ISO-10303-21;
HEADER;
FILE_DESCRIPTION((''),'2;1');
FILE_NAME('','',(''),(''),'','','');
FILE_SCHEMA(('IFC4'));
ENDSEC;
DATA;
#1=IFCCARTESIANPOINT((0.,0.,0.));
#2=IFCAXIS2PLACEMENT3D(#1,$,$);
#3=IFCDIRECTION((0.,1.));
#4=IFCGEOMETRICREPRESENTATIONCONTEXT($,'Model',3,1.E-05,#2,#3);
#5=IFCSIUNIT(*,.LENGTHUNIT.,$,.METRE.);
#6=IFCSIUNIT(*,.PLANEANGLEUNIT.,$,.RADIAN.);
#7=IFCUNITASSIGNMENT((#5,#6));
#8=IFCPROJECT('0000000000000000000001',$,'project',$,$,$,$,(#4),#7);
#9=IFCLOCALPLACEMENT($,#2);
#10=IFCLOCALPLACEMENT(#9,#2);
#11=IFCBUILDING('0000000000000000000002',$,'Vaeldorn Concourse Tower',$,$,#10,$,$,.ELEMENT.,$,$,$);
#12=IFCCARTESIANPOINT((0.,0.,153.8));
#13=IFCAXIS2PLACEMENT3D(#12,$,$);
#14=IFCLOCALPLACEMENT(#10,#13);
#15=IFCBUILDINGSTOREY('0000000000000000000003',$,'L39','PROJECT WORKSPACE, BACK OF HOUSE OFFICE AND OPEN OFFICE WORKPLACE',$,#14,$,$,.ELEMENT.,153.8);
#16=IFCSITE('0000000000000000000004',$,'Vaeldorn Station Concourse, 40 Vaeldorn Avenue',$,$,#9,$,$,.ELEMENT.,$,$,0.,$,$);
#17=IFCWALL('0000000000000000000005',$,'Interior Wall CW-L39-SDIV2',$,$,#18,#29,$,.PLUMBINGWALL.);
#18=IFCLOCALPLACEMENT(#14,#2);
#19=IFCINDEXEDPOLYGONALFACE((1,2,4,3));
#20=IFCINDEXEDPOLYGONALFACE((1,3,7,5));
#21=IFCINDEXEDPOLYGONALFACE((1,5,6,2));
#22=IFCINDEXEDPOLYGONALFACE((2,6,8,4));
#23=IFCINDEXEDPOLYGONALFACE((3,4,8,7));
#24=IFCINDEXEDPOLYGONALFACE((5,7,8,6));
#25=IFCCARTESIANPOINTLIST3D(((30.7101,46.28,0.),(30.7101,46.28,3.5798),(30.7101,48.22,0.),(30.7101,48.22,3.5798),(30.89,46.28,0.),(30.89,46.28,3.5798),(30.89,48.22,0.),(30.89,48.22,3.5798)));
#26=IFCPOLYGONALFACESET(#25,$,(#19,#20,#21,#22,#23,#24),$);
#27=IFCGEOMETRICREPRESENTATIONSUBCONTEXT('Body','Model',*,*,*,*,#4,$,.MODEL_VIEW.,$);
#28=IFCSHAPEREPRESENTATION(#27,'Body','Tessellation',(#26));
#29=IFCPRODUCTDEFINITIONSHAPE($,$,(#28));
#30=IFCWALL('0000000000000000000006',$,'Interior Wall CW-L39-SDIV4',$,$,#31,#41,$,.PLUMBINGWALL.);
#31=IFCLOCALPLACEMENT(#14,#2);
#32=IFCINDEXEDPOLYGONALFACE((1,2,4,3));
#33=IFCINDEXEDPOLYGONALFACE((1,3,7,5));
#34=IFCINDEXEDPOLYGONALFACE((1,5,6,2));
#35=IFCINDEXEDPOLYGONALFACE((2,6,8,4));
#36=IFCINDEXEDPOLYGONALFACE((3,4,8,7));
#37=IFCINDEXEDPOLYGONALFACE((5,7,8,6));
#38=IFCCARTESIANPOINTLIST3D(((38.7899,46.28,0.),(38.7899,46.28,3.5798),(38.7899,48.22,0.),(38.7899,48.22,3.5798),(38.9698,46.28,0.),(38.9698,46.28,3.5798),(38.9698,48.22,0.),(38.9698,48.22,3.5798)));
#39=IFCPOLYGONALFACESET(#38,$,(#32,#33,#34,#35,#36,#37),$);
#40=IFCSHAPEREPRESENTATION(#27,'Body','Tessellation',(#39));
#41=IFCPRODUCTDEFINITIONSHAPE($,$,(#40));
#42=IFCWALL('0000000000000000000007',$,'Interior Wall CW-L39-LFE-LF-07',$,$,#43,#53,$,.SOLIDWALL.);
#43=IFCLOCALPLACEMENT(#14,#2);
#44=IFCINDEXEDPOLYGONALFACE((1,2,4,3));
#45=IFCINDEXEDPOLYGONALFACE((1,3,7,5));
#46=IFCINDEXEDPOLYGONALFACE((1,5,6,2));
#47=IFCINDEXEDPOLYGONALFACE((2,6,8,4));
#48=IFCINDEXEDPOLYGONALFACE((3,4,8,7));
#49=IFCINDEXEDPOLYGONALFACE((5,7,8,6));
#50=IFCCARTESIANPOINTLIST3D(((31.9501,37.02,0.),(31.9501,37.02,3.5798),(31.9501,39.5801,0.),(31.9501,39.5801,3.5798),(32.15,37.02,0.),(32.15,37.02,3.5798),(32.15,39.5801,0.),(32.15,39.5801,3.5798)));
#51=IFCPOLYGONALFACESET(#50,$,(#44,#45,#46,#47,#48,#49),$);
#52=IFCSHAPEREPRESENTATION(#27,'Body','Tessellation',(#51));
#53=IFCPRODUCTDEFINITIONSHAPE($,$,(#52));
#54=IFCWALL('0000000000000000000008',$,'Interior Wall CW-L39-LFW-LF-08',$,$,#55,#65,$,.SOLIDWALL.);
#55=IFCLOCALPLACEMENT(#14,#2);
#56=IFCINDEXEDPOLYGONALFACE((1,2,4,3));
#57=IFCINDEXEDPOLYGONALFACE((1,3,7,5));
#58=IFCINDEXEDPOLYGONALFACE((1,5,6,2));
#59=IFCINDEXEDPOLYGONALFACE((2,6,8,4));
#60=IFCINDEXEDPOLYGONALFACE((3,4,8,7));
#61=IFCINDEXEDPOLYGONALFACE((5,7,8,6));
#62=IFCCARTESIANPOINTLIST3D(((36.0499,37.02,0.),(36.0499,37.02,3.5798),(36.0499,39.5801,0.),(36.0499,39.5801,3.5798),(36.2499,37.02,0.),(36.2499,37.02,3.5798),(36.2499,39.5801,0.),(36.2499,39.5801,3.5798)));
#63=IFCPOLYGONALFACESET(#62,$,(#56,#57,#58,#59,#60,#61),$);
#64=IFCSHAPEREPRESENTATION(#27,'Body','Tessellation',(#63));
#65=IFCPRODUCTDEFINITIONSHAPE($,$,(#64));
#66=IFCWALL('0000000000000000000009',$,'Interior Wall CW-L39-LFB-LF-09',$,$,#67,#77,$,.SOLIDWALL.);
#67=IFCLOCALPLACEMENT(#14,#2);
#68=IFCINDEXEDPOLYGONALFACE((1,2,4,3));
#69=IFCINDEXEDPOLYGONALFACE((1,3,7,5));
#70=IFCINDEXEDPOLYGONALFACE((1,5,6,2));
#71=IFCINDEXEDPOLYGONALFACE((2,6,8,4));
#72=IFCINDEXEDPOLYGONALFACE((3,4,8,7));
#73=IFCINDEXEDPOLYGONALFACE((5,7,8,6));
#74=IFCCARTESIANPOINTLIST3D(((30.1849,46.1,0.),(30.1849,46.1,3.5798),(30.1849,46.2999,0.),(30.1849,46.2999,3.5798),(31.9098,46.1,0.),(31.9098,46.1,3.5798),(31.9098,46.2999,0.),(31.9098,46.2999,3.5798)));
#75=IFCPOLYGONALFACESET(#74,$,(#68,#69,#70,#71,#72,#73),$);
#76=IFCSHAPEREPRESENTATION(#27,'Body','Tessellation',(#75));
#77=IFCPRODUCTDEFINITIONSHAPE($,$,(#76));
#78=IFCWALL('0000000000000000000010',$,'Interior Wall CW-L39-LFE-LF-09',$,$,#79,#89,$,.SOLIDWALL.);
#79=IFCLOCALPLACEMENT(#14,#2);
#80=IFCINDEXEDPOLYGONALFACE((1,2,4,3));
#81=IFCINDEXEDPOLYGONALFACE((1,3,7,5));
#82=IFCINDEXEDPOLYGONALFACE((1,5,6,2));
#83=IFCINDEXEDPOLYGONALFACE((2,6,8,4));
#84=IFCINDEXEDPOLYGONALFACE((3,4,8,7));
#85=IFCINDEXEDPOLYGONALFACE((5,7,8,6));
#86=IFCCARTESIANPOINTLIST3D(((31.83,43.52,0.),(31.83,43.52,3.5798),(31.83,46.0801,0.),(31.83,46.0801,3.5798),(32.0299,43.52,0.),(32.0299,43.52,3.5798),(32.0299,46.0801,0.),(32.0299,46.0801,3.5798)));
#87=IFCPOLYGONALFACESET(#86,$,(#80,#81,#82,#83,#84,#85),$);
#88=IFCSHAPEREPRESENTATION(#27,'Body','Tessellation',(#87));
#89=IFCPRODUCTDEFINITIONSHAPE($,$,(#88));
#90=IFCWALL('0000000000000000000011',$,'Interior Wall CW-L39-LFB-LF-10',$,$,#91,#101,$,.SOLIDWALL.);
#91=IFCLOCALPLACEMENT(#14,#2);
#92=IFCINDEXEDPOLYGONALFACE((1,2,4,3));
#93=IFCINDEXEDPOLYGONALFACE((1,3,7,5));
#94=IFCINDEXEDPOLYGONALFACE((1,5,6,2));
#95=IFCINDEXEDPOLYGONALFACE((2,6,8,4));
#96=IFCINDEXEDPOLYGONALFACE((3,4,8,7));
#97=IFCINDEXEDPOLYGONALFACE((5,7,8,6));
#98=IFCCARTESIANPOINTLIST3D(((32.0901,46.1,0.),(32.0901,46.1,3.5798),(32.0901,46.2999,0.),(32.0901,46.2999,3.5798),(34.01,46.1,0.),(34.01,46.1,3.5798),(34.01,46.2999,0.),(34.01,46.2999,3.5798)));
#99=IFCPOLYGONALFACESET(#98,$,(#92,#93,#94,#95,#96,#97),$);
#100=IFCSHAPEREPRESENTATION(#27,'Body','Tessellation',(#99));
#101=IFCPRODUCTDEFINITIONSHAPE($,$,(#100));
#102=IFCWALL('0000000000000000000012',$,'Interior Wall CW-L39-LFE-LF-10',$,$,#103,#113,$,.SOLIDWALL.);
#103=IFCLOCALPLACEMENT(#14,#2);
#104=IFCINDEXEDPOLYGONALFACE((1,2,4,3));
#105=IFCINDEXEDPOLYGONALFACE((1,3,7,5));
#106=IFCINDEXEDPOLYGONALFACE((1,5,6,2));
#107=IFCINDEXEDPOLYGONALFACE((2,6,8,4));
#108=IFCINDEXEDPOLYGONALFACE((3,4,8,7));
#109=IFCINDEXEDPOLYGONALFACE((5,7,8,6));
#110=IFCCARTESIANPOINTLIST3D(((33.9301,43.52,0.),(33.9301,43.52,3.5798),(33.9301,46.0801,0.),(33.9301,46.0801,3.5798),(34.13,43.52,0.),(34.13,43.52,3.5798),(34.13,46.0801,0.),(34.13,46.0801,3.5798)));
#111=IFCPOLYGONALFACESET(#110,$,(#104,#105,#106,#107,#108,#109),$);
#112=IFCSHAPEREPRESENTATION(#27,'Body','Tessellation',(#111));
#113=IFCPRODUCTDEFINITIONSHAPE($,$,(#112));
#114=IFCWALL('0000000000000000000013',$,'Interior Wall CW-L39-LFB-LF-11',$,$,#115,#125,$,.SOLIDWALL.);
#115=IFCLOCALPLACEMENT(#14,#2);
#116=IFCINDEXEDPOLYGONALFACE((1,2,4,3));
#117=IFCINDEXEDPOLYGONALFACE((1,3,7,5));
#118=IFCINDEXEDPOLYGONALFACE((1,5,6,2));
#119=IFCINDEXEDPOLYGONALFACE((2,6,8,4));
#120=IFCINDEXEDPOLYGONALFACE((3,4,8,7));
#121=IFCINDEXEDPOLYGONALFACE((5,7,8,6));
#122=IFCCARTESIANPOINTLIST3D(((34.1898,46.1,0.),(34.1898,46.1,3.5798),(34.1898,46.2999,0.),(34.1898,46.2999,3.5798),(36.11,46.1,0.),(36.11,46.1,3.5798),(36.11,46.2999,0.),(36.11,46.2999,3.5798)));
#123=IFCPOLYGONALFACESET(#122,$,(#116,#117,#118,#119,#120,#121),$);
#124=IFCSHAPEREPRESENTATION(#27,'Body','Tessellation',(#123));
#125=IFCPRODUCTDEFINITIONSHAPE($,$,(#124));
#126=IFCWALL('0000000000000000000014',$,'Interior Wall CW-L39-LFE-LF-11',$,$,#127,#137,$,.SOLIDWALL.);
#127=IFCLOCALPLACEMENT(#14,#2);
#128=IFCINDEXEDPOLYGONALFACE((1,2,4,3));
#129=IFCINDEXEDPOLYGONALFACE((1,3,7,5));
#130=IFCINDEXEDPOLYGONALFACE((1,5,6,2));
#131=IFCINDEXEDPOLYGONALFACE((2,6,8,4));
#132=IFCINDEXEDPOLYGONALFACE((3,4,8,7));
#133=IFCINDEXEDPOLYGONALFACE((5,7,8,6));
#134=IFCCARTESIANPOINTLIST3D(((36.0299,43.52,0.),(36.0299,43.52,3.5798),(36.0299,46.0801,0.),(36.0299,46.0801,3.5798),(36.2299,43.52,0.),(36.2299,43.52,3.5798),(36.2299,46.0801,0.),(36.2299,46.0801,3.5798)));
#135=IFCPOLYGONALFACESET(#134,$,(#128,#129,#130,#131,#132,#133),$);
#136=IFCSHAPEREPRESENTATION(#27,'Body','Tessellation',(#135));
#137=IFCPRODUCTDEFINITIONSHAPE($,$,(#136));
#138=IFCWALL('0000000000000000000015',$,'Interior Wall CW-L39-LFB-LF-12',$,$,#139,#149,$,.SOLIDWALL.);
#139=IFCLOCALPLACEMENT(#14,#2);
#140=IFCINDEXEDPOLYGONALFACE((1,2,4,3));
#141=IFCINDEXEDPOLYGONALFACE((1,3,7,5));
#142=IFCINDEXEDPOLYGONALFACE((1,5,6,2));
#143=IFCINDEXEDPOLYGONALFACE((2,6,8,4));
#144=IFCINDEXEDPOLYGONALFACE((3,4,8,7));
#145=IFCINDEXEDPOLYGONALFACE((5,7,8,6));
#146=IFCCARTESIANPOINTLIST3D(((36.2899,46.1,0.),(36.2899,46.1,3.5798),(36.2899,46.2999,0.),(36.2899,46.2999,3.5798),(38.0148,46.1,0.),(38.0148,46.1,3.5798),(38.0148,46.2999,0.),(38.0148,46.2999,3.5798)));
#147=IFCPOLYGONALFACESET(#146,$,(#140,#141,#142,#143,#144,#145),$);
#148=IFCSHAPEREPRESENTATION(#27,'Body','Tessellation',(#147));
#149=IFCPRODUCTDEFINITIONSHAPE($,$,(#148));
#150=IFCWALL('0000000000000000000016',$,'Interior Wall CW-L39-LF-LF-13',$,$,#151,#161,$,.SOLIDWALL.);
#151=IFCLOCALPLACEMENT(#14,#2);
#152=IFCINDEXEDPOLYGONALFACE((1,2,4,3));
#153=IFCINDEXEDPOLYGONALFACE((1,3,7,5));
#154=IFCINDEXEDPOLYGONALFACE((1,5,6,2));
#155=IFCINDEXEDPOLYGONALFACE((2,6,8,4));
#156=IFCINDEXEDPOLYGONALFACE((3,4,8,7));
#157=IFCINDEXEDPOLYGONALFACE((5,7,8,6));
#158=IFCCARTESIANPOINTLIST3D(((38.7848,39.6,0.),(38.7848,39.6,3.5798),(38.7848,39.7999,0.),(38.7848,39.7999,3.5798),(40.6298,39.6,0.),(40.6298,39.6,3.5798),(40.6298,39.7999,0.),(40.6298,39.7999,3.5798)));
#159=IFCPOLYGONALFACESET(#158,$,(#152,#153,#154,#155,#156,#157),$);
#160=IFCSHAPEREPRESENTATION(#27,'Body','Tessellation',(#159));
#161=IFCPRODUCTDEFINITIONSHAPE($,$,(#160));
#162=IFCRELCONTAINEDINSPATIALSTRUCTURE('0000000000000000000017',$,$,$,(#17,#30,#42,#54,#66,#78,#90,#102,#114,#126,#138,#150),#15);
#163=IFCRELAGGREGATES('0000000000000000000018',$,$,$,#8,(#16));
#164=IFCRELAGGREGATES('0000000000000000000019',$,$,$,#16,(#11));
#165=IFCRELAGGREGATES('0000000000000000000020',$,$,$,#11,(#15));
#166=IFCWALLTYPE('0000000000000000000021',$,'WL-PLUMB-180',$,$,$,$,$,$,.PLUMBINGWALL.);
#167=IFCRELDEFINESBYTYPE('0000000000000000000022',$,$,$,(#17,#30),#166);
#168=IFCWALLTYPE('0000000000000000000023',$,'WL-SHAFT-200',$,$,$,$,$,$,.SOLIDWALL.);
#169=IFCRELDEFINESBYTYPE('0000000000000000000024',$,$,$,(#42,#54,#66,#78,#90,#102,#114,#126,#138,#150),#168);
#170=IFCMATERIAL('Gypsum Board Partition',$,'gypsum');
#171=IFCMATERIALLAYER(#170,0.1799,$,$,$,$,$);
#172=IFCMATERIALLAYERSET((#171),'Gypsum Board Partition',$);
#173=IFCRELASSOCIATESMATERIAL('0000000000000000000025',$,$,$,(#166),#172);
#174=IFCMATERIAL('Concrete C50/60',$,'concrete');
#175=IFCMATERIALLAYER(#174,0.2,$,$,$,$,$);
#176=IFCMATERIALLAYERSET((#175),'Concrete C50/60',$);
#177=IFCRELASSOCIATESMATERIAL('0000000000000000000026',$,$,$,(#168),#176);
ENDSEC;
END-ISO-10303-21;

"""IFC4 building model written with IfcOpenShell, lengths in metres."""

from ifc_helpers import new_model, si_unit, direction, frame, frame_2d, origin, place, context, subcontext, project, spatial, rectangle, extrude, material, layer, layer_set, type_object, element, save


model = new_model("IFC4")

# Units and contexts
model_context = context("Model", 3, precision=1e-05, world=origin(), true_north=direction((0.0, 1.0)))
body_context = subcontext(model_context, "Body", "Model", "MODEL_VIEW")
ifc_project = project(units=[si_unit("LENGTHUNIT", "METRE"), si_unit("PLANEANGLEUNIT", "RADIAN")], contexts=[model_context])

# Site, building, storey
site_placement = place(None, origin())
site = spatial("IfcSite", under=ifc_project, at=site_placement, Name="Vaeldorn Station Concourse, 40 Vaeldorn Avenue", CompositionType="ELEMENT", RefElevation=0.0)
building_placement = place(site_placement, origin())
building = spatial("IfcBuilding", under=site, at=building_placement, Name="Vaeldorn Concourse Tower", CompositionType="ELEMENT")
storey_placement = place(building_placement, frame((0.0, 0.0, 153.8)))
storey = spatial("IfcBuildingStorey", under=building, at=storey_placement, Name="L39", Description="PROJECT WORKSPACE, BACK OF HOUSE OFFICE AND OPEN OFFICE WORKPLACE", CompositionType="ELEMENT", Elevation=153.8)

# Shared definitions
ifc_material_1 = material(Name="Gypsum Board Partition", Category="gypsum")

# Walls
ifc_layer_1 = layer(ifc_material_1, 0.1799)
ifc_layer_set_1 = layer_set([ifc_layer_1], Name="Gypsum Board Partition")
wall_type_1 = type_object("IfcWallType", Name="WL-PLUMB-180", PredefinedType="PLUMBINGWALL", material=ifc_layer_set_1)
for number, where, z_axis, x_axis, name in (
    (1, (30.8, 46.28, 0.0), (0.0, 0.0, 1.0), (0.0, 1.0, 0.0), "Interior Wall CW-L39-SDIV2"),
    (2, (38.8799, 46.28, 0.0), (0.0, 0.0, 1.0), (0.0, 1.0, 0.0), "Interior Wall CW-L39-SDIV4"),
):
    element("IfcWall", number, at=place(storey_placement, frame(where, z_axis=z_axis, x_axis=x_axis)), inside=storey, type_object=wall_type_1, Name=name, PredefinedType="PLUMBINGWALL", context=body_context, shape_type="SweptSolid", body=[
        extrude(rectangle(XDim=1.9399, YDim=0.1799, at=frame_2d((0.97, 0.0))), origin(), (0.0, 0.0, 1.0), 3.5798),
    ])

# Shared definitions
ifc_material_2 = material(Name="Concrete C50/60", Category="concrete")
ifc_layer_2 = layer(ifc_material_2, 0.2)
ifc_layer_set_2 = layer_set([ifc_layer_2], Name="Concrete C50/60")
wall_type_2 = type_object("IfcWallType", Name="WL-SHAFT-200", PredefinedType="SOLIDWALL", material=ifc_layer_set_2)

# Wall
wall_1_placement = place(storey_placement, frame((32.05, 37.02, 0.0), z_axis=(0.0, 0.0, 1.0), x_axis=(0.0, 1.0, 0.0)))
element("IfcWall", 3, at=wall_1_placement, inside=storey, type_object=wall_type_2, Name="Interior Wall CW-L39-LFE-LF-07", PredefinedType="SOLIDWALL", context=body_context, shape_type="SweptSolid", body=[
    extrude(rectangle(XDim=2.5601, YDim=0.2, at=frame_2d((1.28, 0.0))), origin(), (0.0, 0.0, 1.0), 3.5798),
])

# Wall
wall_2_placement = place(storey_placement, frame((36.1499, 37.02, 0.0), z_axis=(0.0, 0.0, 1.0), x_axis=(0.0, 1.0, 0.0)))
element("IfcWall", 4, at=wall_2_placement, inside=storey, type_object=wall_type_2, Name="Interior Wall CW-L39-LFW-LF-08", PredefinedType="SOLIDWALL", context=body_context, shape_type="SweptSolid", body=[
    extrude(rectangle(XDim=2.5601, YDim=0.2, at=frame_2d((1.28, 0.0))), origin(), (0.0, 0.0, 1.0), 3.5798),
])

# Walls
wall_3_placement = place(storey_placement, frame((30.1851, 46.2, 0.0), z_axis=(0.0, 0.0, 1.0), x_axis=(1.0, 0.0, 0.0)))
element("IfcWall", 5, at=wall_3_placement, inside=storey, type_object=wall_type_2, Name="Interior Wall CW-L39-LFB-LF-09", PredefinedType="SOLIDWALL", context=body_context, shape_type="SweptSolid", body=[
    extrude(rectangle(XDim=1.7249, YDim=0.2, at=frame_2d((0.8623, 0.0))), origin(), (0.0, 0.0, 1.0), 3.5798),
])
wall_4_placement = place(storey_placement, frame((31.9299, 43.52, 0.0), z_axis=(0.0, 0.0, 1.0), x_axis=(0.0, 1.0, 0.0)))
element("IfcWall", 6, at=wall_4_placement, inside=storey, type_object=wall_type_2, Name="Interior Wall CW-L39-LFE-LF-09", PredefinedType="SOLIDWALL", context=body_context, shape_type="SweptSolid", body=[
    extrude(rectangle(XDim=2.5601, YDim=0.2, at=frame_2d((1.28, 0.0))), origin(), (0.0, 0.0, 1.0), 3.5798),
])

# Walls
wall_5_placement = place(storey_placement, frame((32.0901, 46.2, 0.0), z_axis=(0.0, 0.0, 1.0), x_axis=(1.0, 0.0, 0.0)))
element("IfcWall", 7, at=wall_5_placement, inside=storey, type_object=wall_type_2, Name="Interior Wall CW-L39-LFB-LF-10", PredefinedType="SOLIDWALL", context=body_context, shape_type="SweptSolid", body=[
    extrude(rectangle(XDim=1.9199, YDim=0.2, at=frame_2d((0.96, 0.0))), origin(), (0.0, 0.0, 1.0), 3.5798),
])
wall_6_placement = place(storey_placement, frame((34.03, 43.52, 0.0), z_axis=(0.0, 0.0, 1.0), x_axis=(0.0, 1.0, 0.0)))
element("IfcWall", 8, at=wall_6_placement, inside=storey, type_object=wall_type_2, Name="Interior Wall CW-L39-LFE-LF-10", PredefinedType="SOLIDWALL", context=body_context, shape_type="SweptSolid", body=[
    extrude(rectangle(XDim=2.5601, YDim=0.2, at=frame_2d((1.28, 0.0))), origin(), (0.0, 0.0, 1.0), 3.5798),
])

# Walls
wall_7_placement = place(storey_placement, frame((34.1899, 46.2, 0.0), z_axis=(0.0, 0.0, 1.0), x_axis=(1.0, 0.0, 0.0)))
element("IfcWall", 9, at=wall_7_placement, inside=storey, type_object=wall_type_2, Name="Interior Wall CW-L39-LFB-LF-11", PredefinedType="SOLIDWALL", context=body_context, shape_type="SweptSolid", body=[
    extrude(rectangle(XDim=1.9202, YDim=0.2, at=frame_2d((0.96, 0.0))), origin(), (0.0, 0.0, 1.0), 3.5798),
])
wall_8_placement = place(storey_placement, frame((36.1299, 43.52, 0.0), z_axis=(0.0, 0.0, 1.0), x_axis=(0.0, 1.0, 0.0)))
element("IfcWall", 10, at=wall_8_placement, inside=storey, type_object=wall_type_2, Name="Interior Wall CW-L39-LFE-LF-11", PredefinedType="SOLIDWALL", context=body_context, shape_type="SweptSolid", body=[
    extrude(rectangle(XDim=2.5601, YDim=0.2, at=frame_2d((1.28, 0.0))), origin(), (0.0, 0.0, 1.0), 3.5798),
])

# Walls
wall_9_placement = place(storey_placement, frame((36.29, 46.2, 0.0), z_axis=(0.0, 0.0, 1.0), x_axis=(1.0, 0.0, 0.0)))
element("IfcWall", 11, at=wall_9_placement, inside=storey, type_object=wall_type_2, Name="Interior Wall CW-L39-LFB-LF-12", PredefinedType="SOLIDWALL", context=body_context, shape_type="SweptSolid", body=[
    extrude(rectangle(XDim=1.7249, YDim=0.2, at=frame_2d((0.8623, 0.0))), origin(), (0.0, 0.0, 1.0), 3.5798),
])
wall_10_placement = place(storey_placement, frame((38.7849, 39.7, 0.0), z_axis=(0.0, 0.0, 1.0), x_axis=(1.0, 0.0, 0.0)))
element("IfcWall", 12, at=wall_10_placement, inside=storey, type_object=wall_type_2, Name="Interior Wall CW-L39-LF-LF-13", PredefinedType="SOLIDWALL", context=body_context, shape_type="SweptSolid", body=[
    extrude(rectangle(XDim=1.845, YDim=0.2, at=frame_2d((0.9224, 0.0))), origin(), (0.0, 0.0, 1.0), 3.5798),
])

save(model, "model.ifc")
